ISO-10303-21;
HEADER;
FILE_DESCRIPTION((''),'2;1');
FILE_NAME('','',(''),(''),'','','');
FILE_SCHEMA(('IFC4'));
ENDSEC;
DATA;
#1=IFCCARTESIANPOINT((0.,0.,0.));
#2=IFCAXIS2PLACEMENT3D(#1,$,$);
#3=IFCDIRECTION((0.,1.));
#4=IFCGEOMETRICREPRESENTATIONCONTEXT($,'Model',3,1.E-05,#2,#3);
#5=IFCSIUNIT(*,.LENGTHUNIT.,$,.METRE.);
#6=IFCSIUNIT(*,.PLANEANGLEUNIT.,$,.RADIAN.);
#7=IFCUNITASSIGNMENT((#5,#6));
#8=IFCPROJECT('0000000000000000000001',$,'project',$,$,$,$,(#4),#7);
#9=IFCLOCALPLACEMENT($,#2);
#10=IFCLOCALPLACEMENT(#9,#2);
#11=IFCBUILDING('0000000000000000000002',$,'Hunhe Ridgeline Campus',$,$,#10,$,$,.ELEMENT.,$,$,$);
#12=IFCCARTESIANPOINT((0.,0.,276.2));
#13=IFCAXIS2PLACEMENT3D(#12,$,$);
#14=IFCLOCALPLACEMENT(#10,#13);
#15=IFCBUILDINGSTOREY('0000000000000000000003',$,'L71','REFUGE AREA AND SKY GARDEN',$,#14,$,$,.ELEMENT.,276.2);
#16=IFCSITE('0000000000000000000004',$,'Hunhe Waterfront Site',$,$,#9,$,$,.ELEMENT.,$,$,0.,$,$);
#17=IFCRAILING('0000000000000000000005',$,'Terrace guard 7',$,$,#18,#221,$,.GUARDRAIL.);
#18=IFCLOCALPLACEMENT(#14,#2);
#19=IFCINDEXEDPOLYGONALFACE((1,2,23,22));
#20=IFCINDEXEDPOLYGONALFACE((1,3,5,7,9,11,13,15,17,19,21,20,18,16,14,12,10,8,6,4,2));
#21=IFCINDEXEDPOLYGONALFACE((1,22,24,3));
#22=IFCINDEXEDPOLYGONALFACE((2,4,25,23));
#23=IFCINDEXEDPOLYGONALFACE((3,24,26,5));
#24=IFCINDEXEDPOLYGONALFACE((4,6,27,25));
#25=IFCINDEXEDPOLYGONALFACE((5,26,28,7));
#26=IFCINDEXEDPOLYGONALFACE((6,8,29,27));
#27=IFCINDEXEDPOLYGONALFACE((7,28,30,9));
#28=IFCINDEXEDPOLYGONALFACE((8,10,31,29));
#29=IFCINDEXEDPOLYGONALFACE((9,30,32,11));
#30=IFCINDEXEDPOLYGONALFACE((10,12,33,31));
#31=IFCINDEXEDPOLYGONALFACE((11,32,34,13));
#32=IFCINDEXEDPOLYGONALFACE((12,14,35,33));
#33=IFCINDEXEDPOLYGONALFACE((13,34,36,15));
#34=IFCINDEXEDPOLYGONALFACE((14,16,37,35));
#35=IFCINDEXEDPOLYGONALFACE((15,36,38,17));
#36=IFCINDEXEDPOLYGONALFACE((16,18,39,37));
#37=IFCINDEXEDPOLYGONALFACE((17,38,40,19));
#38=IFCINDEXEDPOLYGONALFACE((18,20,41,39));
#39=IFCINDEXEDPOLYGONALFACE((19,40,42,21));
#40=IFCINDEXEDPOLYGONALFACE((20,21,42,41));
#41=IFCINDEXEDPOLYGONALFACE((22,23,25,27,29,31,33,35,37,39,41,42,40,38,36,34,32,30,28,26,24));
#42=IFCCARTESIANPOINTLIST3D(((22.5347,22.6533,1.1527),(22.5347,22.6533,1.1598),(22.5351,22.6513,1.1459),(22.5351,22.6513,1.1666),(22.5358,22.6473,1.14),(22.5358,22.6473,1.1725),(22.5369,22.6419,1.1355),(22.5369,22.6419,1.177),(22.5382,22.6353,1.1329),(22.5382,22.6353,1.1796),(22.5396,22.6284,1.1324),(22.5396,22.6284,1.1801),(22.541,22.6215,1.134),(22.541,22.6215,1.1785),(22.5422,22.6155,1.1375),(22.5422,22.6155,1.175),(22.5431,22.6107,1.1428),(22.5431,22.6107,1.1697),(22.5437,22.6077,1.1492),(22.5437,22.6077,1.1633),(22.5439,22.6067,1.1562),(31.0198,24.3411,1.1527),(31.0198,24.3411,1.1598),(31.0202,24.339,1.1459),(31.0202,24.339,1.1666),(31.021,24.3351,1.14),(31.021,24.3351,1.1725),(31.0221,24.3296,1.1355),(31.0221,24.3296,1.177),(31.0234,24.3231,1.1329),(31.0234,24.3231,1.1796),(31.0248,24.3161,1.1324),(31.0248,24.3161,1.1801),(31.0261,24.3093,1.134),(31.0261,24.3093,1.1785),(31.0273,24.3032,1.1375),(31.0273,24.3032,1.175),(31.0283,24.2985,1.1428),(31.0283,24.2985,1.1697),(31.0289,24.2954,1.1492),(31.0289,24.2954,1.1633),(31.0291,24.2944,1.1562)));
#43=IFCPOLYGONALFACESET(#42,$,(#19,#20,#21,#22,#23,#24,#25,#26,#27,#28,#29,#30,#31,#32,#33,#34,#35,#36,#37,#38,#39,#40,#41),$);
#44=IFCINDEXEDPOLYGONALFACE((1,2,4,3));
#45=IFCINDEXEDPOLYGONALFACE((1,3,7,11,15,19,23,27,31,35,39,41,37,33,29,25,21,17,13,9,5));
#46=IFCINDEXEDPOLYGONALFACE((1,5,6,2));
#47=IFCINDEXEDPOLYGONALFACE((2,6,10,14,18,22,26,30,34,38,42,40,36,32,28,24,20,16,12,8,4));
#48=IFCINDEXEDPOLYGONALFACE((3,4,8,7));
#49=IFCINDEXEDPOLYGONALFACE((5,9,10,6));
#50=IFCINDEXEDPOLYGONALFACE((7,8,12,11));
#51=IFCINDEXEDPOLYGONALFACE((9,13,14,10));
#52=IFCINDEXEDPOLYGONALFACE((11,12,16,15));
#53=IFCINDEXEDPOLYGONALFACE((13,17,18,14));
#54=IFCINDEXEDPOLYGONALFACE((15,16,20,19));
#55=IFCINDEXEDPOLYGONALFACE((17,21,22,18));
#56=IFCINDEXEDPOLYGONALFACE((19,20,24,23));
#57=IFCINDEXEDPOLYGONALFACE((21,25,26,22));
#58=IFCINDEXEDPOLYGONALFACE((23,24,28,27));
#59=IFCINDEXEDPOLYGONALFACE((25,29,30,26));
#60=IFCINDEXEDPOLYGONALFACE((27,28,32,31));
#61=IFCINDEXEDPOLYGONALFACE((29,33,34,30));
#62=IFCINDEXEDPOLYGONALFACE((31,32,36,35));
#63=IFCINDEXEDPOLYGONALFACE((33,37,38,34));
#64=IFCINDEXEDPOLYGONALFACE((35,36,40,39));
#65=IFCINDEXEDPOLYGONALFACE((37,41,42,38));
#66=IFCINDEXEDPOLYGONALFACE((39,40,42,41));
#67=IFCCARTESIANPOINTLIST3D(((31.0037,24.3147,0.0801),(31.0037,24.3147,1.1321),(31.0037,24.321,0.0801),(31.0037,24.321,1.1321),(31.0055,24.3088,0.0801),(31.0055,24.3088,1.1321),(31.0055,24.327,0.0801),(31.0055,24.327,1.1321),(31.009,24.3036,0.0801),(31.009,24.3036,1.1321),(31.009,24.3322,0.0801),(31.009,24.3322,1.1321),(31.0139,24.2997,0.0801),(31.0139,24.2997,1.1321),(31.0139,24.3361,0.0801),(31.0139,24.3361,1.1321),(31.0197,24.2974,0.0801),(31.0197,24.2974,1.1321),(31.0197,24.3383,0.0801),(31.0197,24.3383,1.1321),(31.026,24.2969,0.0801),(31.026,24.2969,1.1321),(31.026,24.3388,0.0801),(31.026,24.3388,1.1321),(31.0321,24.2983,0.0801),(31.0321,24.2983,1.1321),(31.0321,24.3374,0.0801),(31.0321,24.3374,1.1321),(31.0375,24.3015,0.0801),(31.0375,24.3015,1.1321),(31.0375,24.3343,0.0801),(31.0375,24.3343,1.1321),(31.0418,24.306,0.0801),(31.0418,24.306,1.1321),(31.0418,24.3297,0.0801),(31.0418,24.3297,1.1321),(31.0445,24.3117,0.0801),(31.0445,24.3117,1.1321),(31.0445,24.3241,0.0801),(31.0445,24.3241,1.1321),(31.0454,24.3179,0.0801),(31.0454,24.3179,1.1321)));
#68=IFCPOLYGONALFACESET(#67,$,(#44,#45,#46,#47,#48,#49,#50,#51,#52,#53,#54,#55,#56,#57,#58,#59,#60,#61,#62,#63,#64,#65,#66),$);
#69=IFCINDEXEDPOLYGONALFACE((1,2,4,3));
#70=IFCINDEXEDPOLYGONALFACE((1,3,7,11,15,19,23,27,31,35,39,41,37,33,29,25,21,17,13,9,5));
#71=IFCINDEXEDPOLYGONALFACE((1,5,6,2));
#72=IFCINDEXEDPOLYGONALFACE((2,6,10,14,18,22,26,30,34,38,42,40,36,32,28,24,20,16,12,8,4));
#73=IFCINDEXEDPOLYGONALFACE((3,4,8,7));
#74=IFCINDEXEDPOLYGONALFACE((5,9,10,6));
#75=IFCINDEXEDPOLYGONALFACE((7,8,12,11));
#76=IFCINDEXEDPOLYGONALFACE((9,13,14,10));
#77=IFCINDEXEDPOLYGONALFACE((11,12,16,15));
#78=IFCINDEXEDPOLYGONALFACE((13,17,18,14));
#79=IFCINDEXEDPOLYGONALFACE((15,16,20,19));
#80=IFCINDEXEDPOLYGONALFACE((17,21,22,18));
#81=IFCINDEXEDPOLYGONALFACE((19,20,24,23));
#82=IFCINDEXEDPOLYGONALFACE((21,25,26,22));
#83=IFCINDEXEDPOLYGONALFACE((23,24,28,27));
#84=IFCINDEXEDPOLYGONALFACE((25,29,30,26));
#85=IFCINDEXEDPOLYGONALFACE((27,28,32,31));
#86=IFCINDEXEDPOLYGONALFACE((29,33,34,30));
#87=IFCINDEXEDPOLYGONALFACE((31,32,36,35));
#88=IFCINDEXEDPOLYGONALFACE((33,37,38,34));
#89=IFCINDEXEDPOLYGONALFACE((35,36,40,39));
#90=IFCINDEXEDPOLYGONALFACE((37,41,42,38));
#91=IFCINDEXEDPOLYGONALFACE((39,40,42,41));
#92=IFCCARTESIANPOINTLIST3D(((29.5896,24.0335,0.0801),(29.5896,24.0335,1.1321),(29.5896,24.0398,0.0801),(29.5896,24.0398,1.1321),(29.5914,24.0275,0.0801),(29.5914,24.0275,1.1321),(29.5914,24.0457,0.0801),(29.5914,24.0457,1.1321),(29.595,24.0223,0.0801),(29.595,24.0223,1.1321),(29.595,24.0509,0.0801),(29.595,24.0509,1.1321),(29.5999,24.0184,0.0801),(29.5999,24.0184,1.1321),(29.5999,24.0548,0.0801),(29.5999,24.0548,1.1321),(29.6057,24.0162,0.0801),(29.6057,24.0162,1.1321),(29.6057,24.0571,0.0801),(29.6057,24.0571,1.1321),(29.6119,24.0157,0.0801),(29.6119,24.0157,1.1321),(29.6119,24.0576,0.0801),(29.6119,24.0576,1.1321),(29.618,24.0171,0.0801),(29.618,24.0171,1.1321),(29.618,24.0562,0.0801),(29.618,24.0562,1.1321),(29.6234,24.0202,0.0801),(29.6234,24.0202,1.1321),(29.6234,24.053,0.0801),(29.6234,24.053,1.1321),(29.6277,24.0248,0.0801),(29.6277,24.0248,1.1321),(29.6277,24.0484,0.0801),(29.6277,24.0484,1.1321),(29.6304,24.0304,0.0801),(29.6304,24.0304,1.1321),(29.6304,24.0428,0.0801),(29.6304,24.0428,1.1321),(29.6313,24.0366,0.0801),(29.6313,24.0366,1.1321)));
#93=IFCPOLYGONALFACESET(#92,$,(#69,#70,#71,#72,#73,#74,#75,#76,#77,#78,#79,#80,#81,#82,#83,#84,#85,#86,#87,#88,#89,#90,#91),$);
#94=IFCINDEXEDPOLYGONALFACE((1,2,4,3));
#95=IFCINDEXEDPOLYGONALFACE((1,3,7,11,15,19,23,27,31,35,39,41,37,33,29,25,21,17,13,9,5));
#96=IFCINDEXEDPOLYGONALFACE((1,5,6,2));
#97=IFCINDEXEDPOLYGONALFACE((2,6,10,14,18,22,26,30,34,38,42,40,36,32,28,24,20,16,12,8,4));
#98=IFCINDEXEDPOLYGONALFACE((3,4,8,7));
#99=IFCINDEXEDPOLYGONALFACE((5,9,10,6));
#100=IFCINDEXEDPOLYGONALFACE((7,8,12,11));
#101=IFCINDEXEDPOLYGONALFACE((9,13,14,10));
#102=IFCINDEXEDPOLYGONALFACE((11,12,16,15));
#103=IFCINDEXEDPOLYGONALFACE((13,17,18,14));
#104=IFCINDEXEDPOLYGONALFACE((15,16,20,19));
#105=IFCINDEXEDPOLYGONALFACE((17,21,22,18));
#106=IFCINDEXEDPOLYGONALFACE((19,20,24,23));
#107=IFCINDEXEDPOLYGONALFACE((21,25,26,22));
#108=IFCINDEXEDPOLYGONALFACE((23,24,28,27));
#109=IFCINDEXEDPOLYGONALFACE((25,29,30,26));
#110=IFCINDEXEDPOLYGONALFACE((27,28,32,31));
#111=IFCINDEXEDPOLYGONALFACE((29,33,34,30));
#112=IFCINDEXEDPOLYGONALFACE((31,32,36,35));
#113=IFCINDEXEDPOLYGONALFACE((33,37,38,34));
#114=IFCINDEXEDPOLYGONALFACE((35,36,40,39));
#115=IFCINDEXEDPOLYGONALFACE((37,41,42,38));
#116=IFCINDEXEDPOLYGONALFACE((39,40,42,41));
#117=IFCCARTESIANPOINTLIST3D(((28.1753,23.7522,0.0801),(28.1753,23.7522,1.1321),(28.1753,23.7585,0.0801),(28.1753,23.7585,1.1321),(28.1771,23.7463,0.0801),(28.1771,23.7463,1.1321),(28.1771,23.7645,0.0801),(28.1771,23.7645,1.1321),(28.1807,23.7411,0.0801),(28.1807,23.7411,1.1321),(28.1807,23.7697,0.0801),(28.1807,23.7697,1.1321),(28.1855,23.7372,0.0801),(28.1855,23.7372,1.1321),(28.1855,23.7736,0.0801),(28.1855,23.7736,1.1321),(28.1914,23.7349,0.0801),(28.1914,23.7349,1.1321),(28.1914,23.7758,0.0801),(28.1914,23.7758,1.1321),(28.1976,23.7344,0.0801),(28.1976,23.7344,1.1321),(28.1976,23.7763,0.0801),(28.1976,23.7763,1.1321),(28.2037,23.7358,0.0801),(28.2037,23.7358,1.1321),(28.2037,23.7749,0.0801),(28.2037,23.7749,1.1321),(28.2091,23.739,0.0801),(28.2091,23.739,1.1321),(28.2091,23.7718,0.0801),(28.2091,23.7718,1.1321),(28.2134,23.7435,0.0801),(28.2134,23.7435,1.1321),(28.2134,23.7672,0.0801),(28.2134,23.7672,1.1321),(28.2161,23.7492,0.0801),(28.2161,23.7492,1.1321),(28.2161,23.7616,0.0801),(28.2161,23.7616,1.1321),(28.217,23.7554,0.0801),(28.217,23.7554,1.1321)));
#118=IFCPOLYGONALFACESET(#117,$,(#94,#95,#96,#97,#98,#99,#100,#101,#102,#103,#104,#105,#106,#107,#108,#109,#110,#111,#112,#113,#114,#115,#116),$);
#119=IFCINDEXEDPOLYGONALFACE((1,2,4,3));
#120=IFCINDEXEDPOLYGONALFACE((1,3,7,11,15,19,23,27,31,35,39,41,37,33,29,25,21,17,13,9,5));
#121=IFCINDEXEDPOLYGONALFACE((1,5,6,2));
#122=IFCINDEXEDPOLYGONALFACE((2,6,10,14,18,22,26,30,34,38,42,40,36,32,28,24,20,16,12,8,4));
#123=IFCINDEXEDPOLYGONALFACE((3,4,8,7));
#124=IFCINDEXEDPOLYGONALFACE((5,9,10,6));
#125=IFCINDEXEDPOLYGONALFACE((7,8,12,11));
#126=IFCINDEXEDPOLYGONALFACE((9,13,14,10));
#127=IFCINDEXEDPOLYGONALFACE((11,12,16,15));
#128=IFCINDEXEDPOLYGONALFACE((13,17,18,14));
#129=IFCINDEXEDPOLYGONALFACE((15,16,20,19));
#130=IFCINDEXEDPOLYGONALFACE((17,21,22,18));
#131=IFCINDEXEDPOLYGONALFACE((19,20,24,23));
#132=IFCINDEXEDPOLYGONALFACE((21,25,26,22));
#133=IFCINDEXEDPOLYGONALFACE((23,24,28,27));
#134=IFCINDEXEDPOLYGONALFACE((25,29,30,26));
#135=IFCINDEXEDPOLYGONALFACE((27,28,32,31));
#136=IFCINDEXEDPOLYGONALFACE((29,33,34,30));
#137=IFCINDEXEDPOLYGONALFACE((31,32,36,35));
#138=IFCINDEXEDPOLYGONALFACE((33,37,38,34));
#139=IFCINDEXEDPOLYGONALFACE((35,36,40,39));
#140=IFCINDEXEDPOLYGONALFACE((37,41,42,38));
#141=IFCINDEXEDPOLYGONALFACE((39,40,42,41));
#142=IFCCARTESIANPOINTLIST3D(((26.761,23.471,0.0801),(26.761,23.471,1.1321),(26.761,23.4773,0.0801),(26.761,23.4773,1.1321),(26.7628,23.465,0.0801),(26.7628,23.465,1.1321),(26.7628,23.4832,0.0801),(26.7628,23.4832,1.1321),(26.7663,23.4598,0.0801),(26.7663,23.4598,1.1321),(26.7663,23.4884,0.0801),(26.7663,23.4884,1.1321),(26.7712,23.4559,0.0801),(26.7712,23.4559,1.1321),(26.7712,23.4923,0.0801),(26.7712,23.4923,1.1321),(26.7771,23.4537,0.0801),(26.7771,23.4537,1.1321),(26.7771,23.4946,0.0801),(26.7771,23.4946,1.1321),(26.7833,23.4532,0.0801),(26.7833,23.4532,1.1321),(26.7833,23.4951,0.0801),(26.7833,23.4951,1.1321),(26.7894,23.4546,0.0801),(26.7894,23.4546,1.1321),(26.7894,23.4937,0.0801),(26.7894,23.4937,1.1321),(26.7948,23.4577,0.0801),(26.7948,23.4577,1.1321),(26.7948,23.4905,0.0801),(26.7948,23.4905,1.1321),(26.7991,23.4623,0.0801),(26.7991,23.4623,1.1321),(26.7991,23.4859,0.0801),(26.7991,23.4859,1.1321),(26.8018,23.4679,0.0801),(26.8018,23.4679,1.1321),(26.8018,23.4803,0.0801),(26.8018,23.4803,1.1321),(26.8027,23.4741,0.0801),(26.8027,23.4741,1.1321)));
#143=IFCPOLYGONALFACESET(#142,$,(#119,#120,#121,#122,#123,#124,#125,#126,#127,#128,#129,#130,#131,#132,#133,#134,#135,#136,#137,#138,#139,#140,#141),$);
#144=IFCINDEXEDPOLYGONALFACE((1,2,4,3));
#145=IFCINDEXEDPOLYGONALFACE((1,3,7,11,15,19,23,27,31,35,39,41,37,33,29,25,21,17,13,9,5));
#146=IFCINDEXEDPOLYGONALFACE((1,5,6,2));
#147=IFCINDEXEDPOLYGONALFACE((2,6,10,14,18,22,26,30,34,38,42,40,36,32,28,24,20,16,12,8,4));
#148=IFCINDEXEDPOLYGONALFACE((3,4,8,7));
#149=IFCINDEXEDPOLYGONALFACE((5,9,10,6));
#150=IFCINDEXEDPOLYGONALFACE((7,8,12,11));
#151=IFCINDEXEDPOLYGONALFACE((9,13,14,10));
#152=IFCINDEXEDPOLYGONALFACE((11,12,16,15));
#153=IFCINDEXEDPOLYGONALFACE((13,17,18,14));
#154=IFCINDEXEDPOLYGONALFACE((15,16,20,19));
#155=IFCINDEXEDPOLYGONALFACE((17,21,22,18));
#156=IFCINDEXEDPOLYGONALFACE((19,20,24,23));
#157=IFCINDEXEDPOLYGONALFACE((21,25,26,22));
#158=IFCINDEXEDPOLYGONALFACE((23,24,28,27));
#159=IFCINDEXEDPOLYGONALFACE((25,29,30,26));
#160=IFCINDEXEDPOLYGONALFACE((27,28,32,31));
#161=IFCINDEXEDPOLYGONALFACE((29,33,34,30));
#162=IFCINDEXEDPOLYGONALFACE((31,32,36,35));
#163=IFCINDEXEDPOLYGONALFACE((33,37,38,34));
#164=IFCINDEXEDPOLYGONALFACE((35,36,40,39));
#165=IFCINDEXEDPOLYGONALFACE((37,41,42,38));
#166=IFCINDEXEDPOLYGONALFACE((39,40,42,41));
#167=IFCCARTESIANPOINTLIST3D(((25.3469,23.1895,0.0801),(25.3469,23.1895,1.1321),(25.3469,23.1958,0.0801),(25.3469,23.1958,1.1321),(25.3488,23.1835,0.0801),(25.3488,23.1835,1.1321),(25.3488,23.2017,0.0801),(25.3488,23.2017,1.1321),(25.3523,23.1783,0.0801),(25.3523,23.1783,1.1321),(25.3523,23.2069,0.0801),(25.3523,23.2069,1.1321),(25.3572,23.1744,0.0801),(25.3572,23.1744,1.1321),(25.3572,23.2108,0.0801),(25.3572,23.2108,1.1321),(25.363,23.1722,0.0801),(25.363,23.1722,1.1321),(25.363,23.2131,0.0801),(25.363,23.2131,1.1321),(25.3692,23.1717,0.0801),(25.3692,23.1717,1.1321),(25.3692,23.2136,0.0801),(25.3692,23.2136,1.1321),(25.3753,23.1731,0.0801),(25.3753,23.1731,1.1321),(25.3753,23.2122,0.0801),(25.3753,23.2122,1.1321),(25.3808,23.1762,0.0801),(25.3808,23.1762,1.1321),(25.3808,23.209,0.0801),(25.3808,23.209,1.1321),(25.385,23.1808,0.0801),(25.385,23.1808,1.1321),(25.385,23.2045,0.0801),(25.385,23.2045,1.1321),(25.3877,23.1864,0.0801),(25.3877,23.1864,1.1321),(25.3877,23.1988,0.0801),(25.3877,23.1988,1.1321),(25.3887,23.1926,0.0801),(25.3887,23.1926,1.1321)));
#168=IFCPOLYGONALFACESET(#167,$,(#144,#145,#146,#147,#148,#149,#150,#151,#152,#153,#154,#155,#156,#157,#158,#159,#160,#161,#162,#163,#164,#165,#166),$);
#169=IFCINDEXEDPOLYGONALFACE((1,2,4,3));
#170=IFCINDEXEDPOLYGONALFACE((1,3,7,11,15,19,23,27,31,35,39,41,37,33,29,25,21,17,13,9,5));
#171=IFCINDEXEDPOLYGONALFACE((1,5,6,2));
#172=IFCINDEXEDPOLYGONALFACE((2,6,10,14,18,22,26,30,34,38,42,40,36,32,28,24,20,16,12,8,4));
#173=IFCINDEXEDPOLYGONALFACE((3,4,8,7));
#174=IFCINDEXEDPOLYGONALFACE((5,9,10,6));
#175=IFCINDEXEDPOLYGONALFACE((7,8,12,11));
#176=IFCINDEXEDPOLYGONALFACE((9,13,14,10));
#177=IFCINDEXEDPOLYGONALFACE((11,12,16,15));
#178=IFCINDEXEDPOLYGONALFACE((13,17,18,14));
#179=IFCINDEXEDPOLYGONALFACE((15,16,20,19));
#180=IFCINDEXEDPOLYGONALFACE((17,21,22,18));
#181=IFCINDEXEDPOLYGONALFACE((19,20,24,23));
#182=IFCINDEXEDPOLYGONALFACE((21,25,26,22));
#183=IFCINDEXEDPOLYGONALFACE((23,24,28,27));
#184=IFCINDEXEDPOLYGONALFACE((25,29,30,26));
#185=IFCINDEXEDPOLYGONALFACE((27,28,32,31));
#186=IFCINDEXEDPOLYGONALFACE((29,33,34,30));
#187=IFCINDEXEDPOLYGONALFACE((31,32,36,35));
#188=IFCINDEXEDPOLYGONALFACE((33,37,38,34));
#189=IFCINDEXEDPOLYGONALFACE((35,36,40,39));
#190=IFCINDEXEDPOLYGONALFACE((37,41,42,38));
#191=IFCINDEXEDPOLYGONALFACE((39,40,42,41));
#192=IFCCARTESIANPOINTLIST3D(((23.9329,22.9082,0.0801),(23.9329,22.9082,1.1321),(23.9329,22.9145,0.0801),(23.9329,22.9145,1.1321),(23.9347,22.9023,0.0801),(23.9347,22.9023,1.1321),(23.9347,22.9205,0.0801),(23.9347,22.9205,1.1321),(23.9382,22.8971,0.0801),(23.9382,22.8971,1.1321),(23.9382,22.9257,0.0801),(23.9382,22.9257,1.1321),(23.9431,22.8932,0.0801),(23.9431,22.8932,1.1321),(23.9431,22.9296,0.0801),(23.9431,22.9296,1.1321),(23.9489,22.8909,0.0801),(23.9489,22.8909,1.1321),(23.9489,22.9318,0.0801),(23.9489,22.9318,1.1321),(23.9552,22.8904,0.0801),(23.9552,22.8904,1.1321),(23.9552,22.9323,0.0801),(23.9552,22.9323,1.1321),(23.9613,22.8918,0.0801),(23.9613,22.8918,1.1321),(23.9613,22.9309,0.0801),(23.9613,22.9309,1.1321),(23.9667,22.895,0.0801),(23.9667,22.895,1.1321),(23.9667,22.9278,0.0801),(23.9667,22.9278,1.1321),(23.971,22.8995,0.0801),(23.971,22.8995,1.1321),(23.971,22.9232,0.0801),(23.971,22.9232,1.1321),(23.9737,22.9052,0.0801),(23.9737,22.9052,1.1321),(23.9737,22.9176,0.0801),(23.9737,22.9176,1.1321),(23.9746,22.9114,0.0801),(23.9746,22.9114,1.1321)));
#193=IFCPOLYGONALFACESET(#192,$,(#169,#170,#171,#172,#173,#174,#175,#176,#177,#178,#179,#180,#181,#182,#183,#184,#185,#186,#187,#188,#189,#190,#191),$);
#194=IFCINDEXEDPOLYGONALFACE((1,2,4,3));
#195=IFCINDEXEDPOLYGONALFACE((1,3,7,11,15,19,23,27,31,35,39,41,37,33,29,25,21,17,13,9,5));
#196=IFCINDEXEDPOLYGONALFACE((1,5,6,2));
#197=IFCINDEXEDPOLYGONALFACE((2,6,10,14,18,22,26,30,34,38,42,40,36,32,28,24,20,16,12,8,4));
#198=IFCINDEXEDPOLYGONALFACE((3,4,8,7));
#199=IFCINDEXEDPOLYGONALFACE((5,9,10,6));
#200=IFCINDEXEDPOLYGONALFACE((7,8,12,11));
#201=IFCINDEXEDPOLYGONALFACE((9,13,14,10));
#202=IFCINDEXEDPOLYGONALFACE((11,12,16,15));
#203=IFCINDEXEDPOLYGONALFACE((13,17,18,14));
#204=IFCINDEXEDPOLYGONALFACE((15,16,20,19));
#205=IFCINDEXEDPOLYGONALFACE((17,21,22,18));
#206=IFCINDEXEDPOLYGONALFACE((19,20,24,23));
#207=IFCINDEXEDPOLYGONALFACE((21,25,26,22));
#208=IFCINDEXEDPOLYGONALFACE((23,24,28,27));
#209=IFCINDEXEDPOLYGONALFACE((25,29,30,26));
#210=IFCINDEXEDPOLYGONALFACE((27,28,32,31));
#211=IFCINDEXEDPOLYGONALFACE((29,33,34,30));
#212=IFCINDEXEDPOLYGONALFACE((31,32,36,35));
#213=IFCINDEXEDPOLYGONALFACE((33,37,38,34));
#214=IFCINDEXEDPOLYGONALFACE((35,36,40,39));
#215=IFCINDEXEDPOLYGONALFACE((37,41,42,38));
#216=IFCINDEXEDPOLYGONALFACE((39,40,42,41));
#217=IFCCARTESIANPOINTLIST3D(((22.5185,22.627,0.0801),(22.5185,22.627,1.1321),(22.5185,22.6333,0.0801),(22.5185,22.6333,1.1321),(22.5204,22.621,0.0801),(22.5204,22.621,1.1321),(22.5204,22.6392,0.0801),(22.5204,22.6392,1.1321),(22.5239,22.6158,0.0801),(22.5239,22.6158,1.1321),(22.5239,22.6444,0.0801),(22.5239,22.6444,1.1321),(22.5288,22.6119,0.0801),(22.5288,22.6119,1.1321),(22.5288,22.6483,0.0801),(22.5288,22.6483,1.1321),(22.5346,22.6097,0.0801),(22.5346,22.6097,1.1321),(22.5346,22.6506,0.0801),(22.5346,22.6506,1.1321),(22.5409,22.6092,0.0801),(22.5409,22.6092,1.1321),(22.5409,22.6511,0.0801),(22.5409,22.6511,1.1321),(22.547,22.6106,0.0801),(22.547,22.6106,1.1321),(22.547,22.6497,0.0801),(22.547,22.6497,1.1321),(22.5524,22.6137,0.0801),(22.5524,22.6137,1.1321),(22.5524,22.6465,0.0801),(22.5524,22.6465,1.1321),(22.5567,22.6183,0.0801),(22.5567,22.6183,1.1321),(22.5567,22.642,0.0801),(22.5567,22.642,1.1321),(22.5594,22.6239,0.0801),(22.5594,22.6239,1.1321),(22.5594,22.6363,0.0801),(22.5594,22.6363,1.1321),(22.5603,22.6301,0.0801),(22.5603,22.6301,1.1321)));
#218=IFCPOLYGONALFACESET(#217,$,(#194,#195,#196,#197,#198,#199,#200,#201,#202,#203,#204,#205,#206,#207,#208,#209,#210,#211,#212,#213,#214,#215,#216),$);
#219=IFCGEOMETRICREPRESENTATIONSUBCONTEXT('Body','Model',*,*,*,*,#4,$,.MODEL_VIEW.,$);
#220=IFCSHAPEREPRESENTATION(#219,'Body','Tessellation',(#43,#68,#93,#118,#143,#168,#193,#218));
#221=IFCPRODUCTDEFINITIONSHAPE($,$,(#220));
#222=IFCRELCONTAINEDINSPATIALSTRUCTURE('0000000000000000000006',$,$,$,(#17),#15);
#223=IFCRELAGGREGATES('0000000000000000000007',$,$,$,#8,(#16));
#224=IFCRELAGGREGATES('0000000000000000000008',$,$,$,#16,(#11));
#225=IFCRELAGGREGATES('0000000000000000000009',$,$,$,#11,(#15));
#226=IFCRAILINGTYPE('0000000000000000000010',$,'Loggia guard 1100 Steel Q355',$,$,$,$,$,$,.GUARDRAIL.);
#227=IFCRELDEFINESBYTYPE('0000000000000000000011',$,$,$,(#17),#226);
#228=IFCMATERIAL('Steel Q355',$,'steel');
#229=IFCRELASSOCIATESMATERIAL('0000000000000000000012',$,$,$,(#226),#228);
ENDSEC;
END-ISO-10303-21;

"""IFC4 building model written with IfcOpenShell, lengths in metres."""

from ifc_helpers import new_model, si_unit, direction, frame, origin, origin_2d, place, context, subcontext, project, spatial, circle, extrude, material, type_object, element, save


model = new_model("IFC4")

# Units and contexts
model_context = context("Model", 3, precision=1e-05, world=origin(), true_north=direction((0.0, 1.0)))
body_context = subcontext(model_context, "Body", "Model", "MODEL_VIEW")
ifc_project = project(units=[si_unit("LENGTHUNIT", "METRE"), si_unit("PLANEANGLEUNIT", "RADIAN")], contexts=[model_context])

# Site, building, storey
site_placement = place(None, origin())
site = spatial("IfcSite", under=ifc_project, at=site_placement, Name="Hunhe Waterfront Site", CompositionType="ELEMENT", RefElevation=0.0)
building_placement = place(site_placement, origin())
building = spatial("IfcBuilding", under=site, at=building_placement, Name="Hunhe Ridgeline Campus", CompositionType="ELEMENT")
storey_placement = place(building_placement, frame((0.0, 0.0, 276.2)))
storey = spatial("IfcBuildingStorey", under=building, at=storey_placement, Name="L71", Description="REFUGE AREA AND SKY GARDEN", CompositionType="ELEMENT", Elevation=276.2)

# Railing
ifc_material_1 = material(Name="Steel Q355", Category="steel")
railing_type = type_object("IfcRailingType", Name="Loggia guard 1100 Steel Q355", PredefinedType="GUARDRAIL", material=ifc_material_1)
railing_1_placement = place(storey_placement, frame((31.0244, 24.3179, 0.0801)))
element("IfcRailing", 1, at=railing_1_placement, inside=storey, type_object=railing_type, Name="Terrace guard 7", PredefinedType="GUARDRAIL", context=body_context, shape_type="SweptSolid", body=[
    extrude(circle(Radius=0.0239, at=origin_2d()), frame((0.0, 0.0, 1.0762), z_axis=(-0.980786, -0.195085, 0.0), x_axis=(0.195085, -0.980786, 0.0)), (0.0, 0.0, 1.0), 8.6514),
    extrude(circle(Radius=0.021, at=origin_2d()), origin(), (0.0, 0.0, 1.0), 1.052),
    extrude(circle(Radius=0.021, at=origin_2d()), frame((-1.4141, -0.2812, 0.0)), (0.0, 0.0, 1.0), 1.052),
    extrude(circle(Radius=0.021, at=origin_2d()), frame((-2.8284, -0.5625, 0.0)), (0.0, 0.0, 1.0), 1.052),
    extrude(circle(Radius=0.021, at=origin_2d()), frame((-4.2427, -0.8438, 0.0)), (0.0, 0.0, 1.0), 1.052),
    extrude(circle(Radius=0.021, at=origin_2d()), frame((-5.6567, -1.1252, 0.0)), (0.0, 0.0, 1.0), 1.052),
    extrude(circle(Radius=0.021, at=origin_2d()), frame((-7.0708, -1.4065, 0.0)), (0.0, 0.0, 1.0), 1.052),
    extrude(circle(Radius=0.021, at=origin_2d()), frame((-8.4851, -1.6877, 0.0)), (0.0, 0.0, 1.0), 1.052),
])

save(model, "model.ifc")
